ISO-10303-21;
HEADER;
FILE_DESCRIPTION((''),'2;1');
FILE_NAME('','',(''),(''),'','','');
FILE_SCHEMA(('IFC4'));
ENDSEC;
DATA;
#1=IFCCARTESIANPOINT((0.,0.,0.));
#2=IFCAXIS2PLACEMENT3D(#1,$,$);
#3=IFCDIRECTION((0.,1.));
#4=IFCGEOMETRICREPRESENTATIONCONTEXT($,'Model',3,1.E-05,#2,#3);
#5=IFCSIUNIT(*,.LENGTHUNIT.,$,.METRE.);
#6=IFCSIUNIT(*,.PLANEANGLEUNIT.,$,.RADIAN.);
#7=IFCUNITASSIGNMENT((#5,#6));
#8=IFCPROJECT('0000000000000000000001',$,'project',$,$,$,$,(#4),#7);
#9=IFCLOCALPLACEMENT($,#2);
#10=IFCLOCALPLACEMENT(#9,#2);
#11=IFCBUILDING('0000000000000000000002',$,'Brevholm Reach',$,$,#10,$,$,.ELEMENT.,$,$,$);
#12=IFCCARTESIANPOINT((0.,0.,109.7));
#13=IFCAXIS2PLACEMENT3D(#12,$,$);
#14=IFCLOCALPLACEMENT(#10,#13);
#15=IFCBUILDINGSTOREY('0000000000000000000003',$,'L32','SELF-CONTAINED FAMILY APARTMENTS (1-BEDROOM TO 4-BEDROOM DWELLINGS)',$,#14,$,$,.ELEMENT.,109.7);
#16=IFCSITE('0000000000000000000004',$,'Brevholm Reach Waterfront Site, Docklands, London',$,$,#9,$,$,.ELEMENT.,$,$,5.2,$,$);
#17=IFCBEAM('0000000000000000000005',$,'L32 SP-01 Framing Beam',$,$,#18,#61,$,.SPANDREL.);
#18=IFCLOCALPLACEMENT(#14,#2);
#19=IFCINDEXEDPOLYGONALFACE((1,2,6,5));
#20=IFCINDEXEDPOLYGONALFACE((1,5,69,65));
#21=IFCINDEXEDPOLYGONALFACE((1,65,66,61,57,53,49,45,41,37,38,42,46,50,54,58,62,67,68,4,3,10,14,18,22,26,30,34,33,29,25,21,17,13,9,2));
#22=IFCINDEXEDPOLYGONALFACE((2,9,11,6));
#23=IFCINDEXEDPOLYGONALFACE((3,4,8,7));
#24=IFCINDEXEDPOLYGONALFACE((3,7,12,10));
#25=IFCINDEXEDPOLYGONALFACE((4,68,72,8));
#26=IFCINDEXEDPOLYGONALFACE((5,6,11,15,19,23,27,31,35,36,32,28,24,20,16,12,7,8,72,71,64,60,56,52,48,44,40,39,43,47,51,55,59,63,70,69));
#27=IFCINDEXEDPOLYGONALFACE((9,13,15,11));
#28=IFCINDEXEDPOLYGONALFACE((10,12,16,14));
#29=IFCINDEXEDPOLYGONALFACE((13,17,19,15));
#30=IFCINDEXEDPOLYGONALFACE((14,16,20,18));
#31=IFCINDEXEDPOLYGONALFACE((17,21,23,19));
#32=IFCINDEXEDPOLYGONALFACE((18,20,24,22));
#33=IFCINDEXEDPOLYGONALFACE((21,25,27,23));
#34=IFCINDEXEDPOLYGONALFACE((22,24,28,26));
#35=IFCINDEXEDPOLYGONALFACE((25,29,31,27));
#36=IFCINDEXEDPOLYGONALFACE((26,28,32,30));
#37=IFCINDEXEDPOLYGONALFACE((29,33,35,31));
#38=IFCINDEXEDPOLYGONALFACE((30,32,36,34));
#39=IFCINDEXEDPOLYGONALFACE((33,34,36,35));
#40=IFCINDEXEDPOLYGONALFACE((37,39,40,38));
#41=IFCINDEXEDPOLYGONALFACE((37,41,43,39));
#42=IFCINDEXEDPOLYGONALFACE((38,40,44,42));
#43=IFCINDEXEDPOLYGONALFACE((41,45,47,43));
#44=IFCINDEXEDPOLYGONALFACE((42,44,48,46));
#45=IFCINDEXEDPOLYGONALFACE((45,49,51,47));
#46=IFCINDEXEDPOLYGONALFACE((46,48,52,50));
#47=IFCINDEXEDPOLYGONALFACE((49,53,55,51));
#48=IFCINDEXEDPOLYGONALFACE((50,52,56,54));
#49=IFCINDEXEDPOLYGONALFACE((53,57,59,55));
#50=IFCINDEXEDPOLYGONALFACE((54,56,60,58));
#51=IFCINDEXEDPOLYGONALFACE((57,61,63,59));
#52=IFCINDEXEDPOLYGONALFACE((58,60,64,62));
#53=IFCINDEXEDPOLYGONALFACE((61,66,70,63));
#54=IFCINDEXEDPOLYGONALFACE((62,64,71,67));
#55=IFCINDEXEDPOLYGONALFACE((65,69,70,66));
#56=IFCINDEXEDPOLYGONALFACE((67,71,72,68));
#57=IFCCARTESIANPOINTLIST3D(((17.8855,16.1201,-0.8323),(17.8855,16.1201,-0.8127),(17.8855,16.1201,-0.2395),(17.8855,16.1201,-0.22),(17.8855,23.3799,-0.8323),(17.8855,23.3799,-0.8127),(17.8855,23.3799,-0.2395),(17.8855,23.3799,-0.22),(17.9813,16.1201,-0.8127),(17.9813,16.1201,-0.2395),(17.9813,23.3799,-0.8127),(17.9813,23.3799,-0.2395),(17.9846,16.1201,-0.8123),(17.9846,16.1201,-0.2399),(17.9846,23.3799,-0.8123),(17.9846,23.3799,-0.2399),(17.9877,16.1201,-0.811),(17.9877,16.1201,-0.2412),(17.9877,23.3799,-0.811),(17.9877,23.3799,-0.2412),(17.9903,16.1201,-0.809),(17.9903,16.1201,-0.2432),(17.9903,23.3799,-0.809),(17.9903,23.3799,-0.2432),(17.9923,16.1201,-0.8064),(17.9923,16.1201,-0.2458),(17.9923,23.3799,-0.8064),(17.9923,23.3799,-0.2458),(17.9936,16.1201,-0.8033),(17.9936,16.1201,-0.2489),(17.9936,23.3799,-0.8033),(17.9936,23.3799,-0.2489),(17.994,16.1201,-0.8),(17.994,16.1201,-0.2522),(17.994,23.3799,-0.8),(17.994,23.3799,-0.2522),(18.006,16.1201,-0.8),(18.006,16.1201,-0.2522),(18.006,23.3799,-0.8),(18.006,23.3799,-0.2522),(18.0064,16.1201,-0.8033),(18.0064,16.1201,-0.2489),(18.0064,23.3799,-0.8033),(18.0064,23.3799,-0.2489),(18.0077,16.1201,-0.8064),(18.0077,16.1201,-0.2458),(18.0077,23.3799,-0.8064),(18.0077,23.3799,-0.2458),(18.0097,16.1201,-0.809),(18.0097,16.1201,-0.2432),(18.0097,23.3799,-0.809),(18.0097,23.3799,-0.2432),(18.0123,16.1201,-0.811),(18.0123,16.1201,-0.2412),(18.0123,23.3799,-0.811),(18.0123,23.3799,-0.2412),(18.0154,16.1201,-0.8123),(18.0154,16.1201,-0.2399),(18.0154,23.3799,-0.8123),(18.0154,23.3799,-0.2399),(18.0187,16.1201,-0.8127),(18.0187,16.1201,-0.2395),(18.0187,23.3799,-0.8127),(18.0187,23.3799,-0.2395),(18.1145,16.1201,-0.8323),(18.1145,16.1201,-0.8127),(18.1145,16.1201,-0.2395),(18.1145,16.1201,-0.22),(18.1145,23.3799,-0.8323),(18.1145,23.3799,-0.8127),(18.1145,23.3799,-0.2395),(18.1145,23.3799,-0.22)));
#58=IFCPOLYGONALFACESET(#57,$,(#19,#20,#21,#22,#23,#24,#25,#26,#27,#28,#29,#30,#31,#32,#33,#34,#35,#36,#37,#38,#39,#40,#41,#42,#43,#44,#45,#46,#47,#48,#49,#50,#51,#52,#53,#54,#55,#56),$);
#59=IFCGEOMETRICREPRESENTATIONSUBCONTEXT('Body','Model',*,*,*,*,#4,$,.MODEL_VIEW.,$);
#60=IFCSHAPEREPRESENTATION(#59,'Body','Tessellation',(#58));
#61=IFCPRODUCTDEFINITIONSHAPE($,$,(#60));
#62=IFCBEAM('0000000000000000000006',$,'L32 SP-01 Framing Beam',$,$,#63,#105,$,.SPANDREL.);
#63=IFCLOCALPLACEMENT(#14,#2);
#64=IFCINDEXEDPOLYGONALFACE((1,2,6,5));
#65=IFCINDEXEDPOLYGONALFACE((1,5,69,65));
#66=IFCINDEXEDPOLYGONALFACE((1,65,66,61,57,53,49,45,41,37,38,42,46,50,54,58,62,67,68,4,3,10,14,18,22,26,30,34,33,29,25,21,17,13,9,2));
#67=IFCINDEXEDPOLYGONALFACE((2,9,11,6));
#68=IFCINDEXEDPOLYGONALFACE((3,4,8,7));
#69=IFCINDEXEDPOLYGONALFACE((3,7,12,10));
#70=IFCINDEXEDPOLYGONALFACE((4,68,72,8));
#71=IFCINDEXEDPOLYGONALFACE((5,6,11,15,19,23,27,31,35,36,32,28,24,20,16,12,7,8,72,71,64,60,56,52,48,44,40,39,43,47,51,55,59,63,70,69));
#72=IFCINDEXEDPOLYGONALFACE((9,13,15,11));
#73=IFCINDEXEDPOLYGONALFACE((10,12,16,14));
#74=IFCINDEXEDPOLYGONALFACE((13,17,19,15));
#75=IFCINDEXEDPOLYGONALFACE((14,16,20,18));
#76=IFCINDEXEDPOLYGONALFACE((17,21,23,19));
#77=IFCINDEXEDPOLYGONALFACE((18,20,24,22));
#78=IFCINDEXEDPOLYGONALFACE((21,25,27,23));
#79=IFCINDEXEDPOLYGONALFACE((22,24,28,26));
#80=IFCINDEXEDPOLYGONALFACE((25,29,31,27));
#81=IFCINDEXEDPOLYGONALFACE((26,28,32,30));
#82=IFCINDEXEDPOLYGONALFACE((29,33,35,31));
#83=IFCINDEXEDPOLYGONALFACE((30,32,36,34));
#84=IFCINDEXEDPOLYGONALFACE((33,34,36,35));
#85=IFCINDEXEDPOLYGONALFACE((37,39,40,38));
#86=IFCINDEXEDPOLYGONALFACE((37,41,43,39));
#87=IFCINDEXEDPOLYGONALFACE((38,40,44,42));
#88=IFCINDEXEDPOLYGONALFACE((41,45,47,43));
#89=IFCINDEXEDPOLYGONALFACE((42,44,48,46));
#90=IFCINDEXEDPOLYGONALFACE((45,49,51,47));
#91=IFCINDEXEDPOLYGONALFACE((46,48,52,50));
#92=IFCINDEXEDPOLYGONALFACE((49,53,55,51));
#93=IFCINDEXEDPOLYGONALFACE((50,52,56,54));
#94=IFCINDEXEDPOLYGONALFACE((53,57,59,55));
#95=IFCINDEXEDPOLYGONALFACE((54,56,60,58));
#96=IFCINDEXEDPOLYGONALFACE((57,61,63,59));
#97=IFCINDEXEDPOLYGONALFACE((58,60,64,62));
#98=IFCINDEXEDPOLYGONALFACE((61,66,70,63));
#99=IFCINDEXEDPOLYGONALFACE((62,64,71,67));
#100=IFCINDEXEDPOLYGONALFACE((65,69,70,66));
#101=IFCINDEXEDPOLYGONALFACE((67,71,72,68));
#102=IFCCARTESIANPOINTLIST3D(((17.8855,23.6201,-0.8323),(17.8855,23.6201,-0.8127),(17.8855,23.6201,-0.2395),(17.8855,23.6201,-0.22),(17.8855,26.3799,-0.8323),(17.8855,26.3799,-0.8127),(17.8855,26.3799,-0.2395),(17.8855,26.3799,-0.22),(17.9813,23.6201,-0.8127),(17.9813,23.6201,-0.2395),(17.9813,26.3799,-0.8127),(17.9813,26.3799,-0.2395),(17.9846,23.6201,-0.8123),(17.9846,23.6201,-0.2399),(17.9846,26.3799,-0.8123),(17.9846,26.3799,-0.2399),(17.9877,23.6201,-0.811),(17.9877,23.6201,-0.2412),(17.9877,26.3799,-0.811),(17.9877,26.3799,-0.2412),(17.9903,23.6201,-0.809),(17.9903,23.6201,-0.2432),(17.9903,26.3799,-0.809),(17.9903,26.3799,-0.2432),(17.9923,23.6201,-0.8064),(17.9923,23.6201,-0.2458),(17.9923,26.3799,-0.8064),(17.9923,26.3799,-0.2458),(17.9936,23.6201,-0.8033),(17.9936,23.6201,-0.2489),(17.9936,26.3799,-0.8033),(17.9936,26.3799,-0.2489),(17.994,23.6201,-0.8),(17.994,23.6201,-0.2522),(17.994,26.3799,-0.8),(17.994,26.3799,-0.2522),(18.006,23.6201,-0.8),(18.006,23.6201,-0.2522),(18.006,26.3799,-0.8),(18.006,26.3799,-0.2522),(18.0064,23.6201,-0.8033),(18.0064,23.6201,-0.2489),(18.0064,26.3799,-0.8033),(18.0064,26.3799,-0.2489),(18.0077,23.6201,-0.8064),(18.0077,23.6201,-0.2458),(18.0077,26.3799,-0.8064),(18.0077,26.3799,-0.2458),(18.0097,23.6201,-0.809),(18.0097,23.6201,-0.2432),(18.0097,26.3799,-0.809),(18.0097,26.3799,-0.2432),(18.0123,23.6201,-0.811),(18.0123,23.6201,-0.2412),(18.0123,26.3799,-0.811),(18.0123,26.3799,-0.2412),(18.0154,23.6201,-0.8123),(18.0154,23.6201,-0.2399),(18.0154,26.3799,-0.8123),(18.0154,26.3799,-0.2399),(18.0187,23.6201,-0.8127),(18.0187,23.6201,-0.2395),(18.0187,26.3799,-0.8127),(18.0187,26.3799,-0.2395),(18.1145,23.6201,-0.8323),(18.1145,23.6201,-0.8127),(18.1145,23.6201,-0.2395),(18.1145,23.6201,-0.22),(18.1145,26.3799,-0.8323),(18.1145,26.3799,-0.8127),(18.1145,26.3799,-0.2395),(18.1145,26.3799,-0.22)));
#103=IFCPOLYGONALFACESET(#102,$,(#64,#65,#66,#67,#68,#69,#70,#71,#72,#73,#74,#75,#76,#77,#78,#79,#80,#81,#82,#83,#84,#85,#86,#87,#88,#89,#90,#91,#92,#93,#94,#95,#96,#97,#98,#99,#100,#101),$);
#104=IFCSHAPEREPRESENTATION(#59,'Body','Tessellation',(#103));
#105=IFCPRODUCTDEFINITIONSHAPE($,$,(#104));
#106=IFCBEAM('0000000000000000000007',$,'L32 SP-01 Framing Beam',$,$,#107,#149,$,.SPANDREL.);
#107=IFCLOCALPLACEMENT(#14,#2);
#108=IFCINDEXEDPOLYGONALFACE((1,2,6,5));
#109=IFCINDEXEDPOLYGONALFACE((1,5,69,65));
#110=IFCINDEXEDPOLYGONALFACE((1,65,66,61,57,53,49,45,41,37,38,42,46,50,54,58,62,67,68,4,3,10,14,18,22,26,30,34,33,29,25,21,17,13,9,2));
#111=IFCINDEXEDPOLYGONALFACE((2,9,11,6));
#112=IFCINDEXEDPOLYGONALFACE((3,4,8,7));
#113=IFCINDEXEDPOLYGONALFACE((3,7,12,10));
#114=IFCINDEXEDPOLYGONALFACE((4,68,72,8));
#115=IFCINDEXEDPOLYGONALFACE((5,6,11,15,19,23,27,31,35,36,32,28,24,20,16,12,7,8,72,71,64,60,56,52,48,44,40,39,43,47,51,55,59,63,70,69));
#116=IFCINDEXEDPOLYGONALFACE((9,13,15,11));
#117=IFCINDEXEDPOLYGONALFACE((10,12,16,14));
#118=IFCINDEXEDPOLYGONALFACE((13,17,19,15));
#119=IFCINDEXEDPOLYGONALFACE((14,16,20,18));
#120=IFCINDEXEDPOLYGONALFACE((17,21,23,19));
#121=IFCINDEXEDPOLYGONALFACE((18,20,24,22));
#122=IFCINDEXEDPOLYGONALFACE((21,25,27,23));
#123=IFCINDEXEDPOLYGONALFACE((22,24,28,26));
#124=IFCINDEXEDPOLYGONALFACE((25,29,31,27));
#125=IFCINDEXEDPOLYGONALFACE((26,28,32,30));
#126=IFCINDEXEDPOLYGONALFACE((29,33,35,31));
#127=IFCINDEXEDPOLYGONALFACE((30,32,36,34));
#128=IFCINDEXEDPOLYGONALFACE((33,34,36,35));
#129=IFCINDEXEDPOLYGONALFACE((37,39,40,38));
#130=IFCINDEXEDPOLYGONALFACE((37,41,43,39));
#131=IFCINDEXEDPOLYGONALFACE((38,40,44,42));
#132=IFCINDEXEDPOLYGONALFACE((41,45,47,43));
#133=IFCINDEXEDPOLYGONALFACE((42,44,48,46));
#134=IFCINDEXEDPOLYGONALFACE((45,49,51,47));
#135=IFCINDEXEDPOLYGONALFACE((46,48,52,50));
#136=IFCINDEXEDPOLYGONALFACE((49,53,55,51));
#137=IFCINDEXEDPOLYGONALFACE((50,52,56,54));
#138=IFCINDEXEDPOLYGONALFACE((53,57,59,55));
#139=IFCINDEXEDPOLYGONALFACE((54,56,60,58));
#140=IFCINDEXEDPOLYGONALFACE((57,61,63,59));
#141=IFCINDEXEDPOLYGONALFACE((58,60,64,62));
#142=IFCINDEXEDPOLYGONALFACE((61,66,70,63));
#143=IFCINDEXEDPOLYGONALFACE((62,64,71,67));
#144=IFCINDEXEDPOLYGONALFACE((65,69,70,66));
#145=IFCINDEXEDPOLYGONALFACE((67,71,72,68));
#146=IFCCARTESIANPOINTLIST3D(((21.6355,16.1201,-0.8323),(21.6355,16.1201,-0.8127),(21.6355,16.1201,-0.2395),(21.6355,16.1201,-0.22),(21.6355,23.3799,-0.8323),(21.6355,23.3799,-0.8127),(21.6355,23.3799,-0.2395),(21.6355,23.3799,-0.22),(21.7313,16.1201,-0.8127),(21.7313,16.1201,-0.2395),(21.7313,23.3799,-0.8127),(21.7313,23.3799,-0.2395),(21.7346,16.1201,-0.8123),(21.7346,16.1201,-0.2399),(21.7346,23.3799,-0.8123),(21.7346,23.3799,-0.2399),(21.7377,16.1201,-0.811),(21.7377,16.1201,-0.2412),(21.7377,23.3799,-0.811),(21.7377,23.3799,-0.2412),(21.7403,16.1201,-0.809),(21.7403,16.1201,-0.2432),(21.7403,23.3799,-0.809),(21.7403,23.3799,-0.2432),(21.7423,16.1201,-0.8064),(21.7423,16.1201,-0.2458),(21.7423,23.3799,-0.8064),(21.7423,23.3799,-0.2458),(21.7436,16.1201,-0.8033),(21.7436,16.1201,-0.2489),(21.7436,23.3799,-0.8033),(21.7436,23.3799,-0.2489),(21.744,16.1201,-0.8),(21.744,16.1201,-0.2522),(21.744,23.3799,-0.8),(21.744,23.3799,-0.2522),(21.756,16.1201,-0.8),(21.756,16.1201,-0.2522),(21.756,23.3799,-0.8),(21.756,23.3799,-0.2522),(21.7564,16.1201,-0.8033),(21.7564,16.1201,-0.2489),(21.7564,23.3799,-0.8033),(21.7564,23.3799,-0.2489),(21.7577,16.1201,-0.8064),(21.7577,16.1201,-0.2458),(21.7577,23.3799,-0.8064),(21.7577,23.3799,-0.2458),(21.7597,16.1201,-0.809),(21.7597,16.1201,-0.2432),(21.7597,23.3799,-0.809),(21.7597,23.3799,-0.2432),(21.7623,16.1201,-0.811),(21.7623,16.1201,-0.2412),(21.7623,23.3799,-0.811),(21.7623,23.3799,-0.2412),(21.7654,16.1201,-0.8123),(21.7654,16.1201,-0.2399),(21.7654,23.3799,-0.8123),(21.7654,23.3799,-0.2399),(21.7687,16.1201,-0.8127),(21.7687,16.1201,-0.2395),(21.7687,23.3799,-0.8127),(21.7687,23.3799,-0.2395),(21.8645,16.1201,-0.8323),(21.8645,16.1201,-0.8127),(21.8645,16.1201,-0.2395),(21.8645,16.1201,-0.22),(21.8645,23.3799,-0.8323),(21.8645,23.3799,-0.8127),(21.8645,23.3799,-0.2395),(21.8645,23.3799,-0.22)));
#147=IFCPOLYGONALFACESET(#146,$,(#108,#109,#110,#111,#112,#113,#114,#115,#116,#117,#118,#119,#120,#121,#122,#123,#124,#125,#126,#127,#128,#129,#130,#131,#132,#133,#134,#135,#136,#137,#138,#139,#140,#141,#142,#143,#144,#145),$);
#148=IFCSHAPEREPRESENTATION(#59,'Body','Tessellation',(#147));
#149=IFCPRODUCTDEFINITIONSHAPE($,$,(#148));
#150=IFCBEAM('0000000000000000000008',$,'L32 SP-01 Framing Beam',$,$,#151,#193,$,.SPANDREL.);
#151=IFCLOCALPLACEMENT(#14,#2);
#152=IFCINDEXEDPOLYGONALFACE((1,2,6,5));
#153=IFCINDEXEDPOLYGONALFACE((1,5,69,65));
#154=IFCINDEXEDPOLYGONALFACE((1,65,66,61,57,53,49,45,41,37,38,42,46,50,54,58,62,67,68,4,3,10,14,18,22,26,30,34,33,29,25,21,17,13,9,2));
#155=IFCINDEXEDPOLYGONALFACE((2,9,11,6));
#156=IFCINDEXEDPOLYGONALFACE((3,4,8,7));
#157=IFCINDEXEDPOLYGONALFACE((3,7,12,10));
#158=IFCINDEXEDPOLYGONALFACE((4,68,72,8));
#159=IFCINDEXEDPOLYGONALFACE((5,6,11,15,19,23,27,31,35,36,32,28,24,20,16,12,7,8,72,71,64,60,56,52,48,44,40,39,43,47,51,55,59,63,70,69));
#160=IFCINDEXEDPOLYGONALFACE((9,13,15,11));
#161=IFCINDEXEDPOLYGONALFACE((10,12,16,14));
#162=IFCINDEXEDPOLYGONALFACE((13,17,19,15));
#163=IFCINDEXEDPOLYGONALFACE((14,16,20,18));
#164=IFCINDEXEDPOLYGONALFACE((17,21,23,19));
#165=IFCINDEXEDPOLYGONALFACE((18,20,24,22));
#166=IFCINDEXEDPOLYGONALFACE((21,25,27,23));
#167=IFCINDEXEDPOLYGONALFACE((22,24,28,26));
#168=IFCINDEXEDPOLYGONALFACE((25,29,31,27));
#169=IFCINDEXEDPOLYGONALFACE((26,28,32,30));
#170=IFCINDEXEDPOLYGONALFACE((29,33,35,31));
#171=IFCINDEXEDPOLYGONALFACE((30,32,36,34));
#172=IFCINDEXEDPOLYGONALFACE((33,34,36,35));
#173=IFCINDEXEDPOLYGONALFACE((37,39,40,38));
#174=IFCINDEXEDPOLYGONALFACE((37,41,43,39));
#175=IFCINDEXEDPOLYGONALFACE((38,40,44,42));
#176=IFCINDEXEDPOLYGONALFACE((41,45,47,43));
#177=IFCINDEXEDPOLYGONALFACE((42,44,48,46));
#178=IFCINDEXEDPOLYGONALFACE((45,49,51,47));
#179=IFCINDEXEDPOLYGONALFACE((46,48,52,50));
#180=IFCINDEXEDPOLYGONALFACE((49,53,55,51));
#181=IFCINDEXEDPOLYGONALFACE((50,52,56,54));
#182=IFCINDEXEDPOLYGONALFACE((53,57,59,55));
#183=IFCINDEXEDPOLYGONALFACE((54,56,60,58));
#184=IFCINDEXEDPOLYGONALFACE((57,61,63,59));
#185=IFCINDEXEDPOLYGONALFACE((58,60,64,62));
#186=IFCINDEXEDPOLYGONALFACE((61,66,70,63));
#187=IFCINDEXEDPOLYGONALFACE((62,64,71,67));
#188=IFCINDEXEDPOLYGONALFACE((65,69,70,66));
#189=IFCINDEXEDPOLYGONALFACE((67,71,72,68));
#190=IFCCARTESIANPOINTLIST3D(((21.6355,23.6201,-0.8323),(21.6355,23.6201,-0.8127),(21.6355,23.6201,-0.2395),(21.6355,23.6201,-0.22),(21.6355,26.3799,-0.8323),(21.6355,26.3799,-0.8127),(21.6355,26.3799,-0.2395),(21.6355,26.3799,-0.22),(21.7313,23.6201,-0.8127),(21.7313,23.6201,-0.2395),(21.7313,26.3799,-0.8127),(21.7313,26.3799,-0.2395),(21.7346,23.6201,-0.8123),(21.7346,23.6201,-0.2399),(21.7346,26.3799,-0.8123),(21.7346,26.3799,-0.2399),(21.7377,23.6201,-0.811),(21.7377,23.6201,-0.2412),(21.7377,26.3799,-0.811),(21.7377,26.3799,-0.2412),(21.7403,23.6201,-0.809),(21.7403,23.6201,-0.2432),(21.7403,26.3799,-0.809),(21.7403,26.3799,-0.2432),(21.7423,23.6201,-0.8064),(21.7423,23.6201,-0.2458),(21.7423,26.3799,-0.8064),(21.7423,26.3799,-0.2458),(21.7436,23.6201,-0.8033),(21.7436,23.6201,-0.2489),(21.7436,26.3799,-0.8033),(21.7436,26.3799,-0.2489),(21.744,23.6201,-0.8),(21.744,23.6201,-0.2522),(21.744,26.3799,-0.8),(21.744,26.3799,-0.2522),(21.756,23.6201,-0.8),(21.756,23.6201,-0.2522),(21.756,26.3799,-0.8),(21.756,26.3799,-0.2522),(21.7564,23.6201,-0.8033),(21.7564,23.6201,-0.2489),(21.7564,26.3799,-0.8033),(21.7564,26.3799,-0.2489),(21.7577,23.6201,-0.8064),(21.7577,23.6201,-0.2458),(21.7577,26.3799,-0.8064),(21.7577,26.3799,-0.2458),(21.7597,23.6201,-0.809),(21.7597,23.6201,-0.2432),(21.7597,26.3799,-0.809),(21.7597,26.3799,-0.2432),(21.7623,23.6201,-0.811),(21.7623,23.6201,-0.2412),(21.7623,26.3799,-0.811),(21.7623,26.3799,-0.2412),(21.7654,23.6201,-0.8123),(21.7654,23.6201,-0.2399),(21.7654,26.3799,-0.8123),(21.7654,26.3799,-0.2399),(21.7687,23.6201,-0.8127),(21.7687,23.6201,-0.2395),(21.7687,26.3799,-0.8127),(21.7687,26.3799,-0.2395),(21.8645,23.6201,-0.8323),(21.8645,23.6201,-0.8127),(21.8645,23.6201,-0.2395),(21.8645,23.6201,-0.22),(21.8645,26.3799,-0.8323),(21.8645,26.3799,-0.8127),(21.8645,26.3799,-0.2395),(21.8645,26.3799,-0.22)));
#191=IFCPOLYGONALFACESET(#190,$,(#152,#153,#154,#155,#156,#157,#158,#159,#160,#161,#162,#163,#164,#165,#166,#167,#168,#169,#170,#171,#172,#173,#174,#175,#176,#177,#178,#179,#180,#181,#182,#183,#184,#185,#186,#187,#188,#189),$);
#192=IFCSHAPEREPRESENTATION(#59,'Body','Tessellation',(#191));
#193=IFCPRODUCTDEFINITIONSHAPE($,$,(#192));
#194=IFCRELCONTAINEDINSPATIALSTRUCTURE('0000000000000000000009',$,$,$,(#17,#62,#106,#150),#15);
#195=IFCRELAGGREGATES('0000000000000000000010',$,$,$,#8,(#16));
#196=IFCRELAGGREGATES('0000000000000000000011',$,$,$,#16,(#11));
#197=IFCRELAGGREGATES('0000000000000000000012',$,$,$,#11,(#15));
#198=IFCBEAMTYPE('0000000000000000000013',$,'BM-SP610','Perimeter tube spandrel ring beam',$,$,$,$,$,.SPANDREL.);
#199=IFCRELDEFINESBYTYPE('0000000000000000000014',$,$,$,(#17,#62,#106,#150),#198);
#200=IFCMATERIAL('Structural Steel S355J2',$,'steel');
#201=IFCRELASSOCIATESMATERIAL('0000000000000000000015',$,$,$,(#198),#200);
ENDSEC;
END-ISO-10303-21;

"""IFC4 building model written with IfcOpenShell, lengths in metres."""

from ifc_helpers import new_model, si_unit, direction, frame, origin, origin_2d, place, context, subcontext, project, spatial, i_section, extrude, material, material_profile, profile_set, type_object, element, save


model = new_model("IFC4")

# Units and contexts
model_context = context("Model", 3, precision=1e-05, world=origin(), true_north=direction((0.0, 1.0)))
body_context = subcontext(model_context, "Body", "Model", "MODEL_VIEW")
ifc_project = project(units=[si_unit("LENGTHUNIT", "METRE"), si_unit("PLANEANGLEUNIT", "RADIAN")], contexts=[model_context])

# Site, building, storey
site_placement = place(None, origin())
site = spatial("IfcSite", under=ifc_project, at=site_placement, Name="Brevholm Reach Waterfront Site, Docklands, London", CompositionType="ELEMENT", RefElevation=5.2)
building_placement = place(site_placement, origin())
building = spatial("IfcBuilding", under=site, at=building_placement, Name="Brevholm Reach", CompositionType="ELEMENT")
storey_placement = place(building_placement, frame((0.0, 0.0, 109.7)))
storey = spatial("IfcBuildingStorey", under=building, at=storey_placement, Name="L32", Description="SELF-CONTAINED FAMILY APARTMENTS (1-BEDROOM TO 4-BEDROOM DWELLINGS)", CompositionType="ELEMENT", Elevation=109.7)

# Beams
ifc_material_1 = material(Name="Structural Steel S355J2", Category="steel")
ifc_material_profile_1 = material_profile(ifc_material_1, i_section(OverallWidth=0.229, OverallDepth=0.6123, WebThickness=0.012, FlangeThickness=0.0195, FilletRadius=0.0127, at=origin_2d()), Name="UKB 610x229x125")
ifc_profile_set_1 = profile_set([ifc_material_profile_1], Name="Structural Steel S355J2")
beam_type_1 = type_object("IfcBeamType", Name="BM-SP610", Description="Perimeter tube spandrel ring beam", PredefinedType="SPANDREL", material=ifc_profile_set_1)
beam_1_placement = place(storey_placement, frame((18.0, 16.1201, -0.5261), z_axis=(0.0, 1.0, 0.0), x_axis=(-1.0, 0.0, 0.0)))
element("IfcBeam", 1, at=beam_1_placement, inside=storey, type_object=beam_type_1, Name="L32 SP-01 Framing Beam", PredefinedType="SPANDREL", context=body_context, shape_type="SweptSolid", body=[
    extrude(i_section(OverallWidth=0.229, OverallDepth=0.6123, WebThickness=0.012, FlangeThickness=0.0195, FilletRadius=0.0127, at=origin_2d()), origin(), (0.0, 0.0, 1.0), 7.2598),
])
beam_2_placement = place(storey_placement, frame((18.0, 23.6201, -0.5261), z_axis=(0.0, 1.0, 0.0), x_axis=(-1.0, 0.0, 0.0)))
element("IfcBeam", 2, at=beam_2_placement, inside=storey, type_object=beam_type_1, Name="L32 SP-01 Framing Beam", PredefinedType="SPANDREL", context=body_context, shape_type="SweptSolid", body=[
    extrude(i_section(OverallWidth=0.229, OverallDepth=0.6123, WebThickness=0.012, FlangeThickness=0.0195, FilletRadius=0.0127, at=origin_2d()), origin(), (0.0, 0.0, 1.0), 2.7598),
])
beam_3_placement = place(storey_placement, frame((21.75, 16.1201, -0.5261), z_axis=(0.0, 1.0, 0.0), x_axis=(-1.0, 0.0, 0.0)))
element("IfcBeam", 3, at=beam_3_placement, inside=storey, type_object=beam_type_1, Name="L32 SP-01 Framing Beam", PredefinedType="SPANDREL", context=body_context, shape_type="SweptSolid", body=[
    extrude(i_section(OverallWidth=0.229, OverallDepth=0.6123, WebThickness=0.012, FlangeThickness=0.0195, FilletRadius=0.0127, at=origin_2d()), origin(), (0.0, 0.0, 1.0), 7.2598),
])
beam_4_placement = place(storey_placement, frame((21.75, 23.6201, -0.5261), z_axis=(0.0, 1.0, 0.0), x_axis=(-1.0, 0.0, 0.0)))
element("IfcBeam", 4, at=beam_4_placement, inside=storey, type_object=beam_type_1, Name="L32 SP-01 Framing Beam", PredefinedType="SPANDREL", context=body_context, shape_type="SweptSolid", body=[
    extrude(i_section(OverallWidth=0.229, OverallDepth=0.6123, WebThickness=0.012, FlangeThickness=0.0195, FilletRadius=0.0127, at=origin_2d()), origin(), (0.0, 0.0, 1.0), 2.7598),
])

save(model, "model.ifc")
